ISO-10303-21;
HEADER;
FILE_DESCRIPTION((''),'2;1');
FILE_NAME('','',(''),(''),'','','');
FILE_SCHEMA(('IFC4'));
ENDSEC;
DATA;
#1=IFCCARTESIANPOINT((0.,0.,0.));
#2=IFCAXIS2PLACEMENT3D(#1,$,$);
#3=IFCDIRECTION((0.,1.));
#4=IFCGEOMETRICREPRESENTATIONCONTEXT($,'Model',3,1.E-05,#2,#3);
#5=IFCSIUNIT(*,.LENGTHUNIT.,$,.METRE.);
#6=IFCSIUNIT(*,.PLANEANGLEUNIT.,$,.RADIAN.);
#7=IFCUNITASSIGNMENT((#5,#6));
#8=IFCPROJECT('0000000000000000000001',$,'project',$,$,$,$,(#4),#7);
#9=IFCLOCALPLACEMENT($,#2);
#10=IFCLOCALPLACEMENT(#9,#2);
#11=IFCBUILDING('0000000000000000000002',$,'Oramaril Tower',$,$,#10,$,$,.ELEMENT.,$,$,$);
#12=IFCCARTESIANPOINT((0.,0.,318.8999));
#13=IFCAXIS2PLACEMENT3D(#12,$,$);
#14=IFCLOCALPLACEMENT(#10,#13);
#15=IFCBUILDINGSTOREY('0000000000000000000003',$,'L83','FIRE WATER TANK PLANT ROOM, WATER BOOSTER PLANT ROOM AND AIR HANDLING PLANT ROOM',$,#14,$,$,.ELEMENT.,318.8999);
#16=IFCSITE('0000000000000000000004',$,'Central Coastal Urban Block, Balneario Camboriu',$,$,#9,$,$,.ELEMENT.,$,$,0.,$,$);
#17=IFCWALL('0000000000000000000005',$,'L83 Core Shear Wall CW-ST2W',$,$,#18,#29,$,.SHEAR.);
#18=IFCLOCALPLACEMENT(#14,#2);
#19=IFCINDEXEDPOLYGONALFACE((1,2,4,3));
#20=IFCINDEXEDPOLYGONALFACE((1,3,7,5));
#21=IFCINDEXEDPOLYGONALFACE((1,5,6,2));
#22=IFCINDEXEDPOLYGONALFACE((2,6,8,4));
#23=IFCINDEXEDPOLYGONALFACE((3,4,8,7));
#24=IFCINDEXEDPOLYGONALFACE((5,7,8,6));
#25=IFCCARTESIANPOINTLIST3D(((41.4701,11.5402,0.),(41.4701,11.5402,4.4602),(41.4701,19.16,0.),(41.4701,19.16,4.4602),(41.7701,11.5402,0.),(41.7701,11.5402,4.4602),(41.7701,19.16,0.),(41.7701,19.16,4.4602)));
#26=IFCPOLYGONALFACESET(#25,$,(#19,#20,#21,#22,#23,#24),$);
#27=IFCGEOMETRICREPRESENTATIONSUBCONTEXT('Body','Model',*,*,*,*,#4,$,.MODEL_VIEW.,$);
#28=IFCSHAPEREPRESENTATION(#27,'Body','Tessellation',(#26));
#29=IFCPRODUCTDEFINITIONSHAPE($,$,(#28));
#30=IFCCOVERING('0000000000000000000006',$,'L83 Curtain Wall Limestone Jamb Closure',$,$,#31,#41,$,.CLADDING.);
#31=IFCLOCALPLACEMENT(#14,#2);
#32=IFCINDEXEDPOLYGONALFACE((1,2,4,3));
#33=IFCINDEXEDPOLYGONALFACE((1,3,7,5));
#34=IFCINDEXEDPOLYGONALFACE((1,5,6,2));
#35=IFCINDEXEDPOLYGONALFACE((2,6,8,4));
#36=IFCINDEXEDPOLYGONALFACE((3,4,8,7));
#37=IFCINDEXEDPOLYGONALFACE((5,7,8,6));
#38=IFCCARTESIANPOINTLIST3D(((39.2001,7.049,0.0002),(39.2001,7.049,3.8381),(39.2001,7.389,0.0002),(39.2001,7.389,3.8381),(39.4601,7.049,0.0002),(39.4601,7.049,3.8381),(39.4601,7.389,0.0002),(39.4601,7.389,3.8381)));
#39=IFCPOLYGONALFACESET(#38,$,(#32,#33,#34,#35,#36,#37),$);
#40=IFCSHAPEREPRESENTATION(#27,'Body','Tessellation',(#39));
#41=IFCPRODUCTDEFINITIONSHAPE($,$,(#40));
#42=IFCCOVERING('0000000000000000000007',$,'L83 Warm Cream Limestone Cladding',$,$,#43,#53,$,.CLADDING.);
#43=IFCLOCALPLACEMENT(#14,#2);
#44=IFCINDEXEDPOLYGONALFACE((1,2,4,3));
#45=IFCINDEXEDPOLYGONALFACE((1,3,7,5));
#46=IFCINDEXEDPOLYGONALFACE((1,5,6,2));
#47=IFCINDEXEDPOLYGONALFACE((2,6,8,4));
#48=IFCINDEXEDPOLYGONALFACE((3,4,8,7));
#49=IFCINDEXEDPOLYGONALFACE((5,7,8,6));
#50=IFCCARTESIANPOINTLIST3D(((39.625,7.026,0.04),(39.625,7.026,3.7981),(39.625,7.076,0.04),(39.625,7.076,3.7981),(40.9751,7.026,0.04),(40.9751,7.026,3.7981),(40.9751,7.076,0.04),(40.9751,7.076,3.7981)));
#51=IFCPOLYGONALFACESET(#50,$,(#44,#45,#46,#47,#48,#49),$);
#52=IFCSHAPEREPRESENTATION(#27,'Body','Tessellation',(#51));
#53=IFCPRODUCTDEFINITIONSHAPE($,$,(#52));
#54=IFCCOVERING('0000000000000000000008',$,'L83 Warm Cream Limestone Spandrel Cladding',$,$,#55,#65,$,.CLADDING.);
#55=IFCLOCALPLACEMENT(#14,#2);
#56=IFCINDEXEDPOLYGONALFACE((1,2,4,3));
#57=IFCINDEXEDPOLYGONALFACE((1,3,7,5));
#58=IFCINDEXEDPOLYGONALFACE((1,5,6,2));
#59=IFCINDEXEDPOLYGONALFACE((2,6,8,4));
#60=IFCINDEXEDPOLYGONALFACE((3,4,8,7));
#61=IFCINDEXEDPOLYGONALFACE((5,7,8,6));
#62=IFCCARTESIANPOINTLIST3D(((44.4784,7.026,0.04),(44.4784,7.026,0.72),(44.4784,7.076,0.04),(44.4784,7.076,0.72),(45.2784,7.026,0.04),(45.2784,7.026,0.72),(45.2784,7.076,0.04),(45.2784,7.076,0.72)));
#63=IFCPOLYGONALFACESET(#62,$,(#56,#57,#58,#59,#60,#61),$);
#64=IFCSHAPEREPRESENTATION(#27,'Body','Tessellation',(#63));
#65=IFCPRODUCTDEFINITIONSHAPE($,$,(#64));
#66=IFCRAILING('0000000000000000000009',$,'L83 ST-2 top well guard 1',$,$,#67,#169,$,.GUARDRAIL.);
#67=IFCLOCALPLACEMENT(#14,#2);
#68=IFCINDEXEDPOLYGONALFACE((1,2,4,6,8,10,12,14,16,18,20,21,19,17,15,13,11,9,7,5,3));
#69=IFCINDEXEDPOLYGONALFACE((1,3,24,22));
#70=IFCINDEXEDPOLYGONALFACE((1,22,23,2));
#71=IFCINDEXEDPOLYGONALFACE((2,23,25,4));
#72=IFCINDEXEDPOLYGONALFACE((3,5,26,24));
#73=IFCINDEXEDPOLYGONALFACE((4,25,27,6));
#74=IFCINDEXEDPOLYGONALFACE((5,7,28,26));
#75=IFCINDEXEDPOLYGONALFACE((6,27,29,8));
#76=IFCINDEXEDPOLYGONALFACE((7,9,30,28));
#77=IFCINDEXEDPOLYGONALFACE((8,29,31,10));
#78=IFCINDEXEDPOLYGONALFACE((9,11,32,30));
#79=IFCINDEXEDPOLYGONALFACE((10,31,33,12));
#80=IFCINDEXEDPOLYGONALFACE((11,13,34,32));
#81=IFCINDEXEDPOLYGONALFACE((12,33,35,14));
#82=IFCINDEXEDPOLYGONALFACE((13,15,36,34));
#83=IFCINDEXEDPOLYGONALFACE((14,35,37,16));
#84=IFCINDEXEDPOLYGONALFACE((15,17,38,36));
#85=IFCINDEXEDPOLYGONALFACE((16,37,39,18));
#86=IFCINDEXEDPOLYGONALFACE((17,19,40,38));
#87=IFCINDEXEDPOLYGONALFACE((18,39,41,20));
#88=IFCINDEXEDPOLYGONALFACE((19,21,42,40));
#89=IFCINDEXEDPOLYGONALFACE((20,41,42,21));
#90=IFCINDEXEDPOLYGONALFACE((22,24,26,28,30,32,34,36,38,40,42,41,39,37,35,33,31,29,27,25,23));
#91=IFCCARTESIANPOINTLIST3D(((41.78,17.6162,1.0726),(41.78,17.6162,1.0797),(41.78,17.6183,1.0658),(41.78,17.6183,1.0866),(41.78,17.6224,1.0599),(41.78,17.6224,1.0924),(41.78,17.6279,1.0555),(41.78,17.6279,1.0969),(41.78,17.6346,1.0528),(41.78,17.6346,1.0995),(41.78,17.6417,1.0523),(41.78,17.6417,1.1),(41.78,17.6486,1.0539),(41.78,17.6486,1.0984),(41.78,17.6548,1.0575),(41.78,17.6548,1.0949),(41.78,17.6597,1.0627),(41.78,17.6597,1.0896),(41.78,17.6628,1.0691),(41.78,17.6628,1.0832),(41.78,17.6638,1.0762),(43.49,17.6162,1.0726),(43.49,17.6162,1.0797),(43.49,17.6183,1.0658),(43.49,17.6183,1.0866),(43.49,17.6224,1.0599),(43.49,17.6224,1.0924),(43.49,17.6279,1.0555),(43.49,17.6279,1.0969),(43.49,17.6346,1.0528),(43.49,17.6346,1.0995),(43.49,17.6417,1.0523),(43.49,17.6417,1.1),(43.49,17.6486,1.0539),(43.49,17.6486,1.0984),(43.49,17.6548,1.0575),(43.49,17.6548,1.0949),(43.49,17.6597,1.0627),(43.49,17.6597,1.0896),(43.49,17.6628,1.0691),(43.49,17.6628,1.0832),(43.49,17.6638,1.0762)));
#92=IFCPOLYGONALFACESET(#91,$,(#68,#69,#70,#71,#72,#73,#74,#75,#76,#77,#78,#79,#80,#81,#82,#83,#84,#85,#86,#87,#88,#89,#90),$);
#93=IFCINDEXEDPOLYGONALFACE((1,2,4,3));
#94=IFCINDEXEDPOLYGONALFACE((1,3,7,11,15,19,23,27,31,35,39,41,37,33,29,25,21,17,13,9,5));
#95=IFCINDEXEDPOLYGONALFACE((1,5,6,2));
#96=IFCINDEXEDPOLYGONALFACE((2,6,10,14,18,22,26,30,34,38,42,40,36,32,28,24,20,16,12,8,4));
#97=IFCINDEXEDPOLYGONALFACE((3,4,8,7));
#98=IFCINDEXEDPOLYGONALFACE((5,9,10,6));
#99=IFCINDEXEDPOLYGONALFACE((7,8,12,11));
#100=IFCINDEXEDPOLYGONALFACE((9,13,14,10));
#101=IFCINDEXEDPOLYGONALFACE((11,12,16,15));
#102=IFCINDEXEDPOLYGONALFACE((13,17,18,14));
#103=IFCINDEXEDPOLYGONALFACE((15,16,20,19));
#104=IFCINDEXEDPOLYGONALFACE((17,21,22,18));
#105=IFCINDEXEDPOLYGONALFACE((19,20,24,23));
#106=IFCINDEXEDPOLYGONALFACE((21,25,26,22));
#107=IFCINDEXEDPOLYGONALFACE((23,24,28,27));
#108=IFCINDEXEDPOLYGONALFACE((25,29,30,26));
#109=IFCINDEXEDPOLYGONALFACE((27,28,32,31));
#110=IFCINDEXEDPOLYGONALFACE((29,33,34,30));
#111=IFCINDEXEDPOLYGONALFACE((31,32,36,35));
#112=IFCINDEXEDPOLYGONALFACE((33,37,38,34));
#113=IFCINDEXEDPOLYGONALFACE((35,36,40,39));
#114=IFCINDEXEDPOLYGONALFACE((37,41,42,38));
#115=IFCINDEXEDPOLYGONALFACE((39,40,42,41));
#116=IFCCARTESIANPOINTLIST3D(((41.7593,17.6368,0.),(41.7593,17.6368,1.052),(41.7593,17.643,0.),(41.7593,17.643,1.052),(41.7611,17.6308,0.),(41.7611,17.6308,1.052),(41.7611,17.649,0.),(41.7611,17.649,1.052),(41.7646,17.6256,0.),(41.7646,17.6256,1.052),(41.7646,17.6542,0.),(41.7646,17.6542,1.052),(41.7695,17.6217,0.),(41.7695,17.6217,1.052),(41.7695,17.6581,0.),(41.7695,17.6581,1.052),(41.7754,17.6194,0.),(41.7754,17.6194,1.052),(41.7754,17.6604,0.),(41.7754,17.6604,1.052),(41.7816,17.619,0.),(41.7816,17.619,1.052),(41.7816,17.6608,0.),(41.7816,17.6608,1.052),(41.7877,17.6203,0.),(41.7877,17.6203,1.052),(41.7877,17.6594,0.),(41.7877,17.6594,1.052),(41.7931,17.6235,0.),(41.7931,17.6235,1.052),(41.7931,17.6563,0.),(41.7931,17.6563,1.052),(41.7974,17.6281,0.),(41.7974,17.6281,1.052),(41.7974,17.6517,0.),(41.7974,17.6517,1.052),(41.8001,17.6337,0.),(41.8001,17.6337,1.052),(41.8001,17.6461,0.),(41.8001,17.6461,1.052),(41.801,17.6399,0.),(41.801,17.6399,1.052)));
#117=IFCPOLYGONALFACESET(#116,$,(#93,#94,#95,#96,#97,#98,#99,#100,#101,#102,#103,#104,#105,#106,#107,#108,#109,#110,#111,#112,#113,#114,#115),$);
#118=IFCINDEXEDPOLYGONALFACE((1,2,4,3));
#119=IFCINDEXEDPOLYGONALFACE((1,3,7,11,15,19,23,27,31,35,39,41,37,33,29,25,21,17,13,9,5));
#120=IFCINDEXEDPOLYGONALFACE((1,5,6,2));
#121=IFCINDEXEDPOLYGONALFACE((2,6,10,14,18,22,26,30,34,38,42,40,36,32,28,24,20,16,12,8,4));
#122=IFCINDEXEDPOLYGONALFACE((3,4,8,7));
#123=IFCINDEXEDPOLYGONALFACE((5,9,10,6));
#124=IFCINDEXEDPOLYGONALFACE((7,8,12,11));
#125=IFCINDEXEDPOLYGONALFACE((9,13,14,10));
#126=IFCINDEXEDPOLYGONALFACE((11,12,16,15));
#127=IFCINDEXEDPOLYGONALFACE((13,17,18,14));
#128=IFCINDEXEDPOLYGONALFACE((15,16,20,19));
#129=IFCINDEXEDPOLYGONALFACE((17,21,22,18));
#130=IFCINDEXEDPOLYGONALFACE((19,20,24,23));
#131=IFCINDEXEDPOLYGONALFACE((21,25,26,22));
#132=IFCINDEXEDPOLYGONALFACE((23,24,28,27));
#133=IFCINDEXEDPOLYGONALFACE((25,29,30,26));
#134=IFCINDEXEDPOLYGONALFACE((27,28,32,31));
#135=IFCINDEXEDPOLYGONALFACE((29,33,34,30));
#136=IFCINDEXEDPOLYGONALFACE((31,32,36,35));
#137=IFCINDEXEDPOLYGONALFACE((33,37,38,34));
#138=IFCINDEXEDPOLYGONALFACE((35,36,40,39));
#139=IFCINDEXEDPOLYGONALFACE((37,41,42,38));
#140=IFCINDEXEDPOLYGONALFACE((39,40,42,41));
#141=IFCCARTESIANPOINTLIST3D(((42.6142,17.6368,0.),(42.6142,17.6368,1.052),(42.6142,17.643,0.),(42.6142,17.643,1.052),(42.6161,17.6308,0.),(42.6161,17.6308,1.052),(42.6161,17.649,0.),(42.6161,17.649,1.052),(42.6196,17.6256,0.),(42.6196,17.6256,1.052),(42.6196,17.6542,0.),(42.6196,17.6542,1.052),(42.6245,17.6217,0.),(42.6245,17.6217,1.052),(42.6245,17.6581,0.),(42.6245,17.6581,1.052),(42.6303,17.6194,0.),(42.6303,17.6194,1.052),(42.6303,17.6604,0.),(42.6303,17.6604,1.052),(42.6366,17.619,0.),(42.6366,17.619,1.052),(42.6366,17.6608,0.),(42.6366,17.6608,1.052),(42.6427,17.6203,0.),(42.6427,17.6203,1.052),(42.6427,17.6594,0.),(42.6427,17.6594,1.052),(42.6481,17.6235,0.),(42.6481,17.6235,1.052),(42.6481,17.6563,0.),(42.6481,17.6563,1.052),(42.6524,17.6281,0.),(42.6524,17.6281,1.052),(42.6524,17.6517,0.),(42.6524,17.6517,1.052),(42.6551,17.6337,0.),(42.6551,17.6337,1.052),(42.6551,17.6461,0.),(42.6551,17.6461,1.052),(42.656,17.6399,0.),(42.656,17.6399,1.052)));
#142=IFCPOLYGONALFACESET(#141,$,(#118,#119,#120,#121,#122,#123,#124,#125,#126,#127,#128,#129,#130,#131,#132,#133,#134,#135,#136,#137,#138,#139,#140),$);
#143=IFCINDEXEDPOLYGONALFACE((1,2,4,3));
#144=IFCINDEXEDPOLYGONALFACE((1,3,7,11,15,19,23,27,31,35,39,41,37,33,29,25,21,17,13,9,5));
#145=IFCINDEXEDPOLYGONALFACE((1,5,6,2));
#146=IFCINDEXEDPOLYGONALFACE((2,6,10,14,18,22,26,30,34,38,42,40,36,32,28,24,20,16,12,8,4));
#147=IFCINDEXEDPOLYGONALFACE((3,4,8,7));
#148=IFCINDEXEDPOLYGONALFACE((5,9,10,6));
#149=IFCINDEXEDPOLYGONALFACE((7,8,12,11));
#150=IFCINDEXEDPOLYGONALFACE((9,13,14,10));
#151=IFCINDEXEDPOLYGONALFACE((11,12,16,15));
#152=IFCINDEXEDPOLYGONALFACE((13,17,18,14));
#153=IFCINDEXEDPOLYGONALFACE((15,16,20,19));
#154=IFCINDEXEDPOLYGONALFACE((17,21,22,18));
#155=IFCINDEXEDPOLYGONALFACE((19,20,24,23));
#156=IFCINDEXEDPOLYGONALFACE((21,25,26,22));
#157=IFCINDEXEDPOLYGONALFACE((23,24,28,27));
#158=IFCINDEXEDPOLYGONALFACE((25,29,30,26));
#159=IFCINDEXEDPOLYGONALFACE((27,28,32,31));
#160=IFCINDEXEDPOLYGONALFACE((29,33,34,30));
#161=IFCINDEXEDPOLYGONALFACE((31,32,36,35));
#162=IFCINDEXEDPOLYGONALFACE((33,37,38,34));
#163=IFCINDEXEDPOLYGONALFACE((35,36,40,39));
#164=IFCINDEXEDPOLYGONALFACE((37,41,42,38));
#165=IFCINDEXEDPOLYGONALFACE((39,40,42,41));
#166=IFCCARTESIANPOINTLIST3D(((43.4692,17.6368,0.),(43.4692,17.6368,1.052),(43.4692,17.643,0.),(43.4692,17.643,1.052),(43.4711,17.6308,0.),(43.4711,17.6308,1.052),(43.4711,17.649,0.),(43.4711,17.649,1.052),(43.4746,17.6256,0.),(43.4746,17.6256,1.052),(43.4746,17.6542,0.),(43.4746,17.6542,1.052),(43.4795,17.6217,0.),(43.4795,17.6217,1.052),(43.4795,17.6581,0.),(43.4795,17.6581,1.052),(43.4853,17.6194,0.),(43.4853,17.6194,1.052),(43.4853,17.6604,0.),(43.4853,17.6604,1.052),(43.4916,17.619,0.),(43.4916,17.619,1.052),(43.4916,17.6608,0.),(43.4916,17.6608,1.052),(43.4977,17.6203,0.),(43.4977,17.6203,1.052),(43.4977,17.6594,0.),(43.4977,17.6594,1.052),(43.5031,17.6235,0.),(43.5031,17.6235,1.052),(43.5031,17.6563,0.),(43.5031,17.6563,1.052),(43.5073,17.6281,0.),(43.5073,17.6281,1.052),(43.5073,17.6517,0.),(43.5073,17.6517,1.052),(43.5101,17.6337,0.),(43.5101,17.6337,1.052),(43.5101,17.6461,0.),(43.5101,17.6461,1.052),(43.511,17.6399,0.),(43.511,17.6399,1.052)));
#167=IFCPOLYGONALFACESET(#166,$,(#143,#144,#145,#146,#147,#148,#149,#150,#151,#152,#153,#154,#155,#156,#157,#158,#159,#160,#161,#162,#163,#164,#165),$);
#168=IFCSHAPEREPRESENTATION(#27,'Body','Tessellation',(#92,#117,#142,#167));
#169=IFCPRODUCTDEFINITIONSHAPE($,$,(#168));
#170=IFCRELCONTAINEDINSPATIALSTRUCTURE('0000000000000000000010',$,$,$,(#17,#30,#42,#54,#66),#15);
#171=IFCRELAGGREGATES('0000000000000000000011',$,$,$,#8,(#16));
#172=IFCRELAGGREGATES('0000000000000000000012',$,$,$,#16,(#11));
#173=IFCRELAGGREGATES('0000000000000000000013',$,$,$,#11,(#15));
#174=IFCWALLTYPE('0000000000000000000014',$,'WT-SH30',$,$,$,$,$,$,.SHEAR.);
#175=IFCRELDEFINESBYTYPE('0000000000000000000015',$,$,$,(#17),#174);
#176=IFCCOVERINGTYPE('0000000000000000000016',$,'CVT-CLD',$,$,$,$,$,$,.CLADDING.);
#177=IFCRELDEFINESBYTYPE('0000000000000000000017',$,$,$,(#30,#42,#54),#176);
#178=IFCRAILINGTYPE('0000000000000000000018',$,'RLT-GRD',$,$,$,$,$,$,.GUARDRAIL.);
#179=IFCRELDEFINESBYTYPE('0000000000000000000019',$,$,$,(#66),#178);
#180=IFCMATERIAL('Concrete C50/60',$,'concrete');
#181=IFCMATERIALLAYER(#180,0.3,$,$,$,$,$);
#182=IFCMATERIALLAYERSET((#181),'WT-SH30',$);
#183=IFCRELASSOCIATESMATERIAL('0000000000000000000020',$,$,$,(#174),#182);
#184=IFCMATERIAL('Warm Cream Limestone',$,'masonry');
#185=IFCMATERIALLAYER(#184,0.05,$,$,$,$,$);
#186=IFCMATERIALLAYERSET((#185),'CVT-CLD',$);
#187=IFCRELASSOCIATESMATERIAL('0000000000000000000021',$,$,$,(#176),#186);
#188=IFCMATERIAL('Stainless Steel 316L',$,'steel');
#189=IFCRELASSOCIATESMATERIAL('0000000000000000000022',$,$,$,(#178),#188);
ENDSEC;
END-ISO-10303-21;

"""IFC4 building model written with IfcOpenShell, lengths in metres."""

from ifc_helpers import new_model, si_unit, direction, frame, frame_2d, origin, origin_2d, place, context, subcontext, project, spatial, rectangle, circle, extrude, material, layer, layer_set, type_object, element, save


model = new_model("IFC4")

# Units and contexts
model_context = context("Model", 3, precision=1e-05, world=origin(), true_north=direction((0.0, 1.0)))
body_context = subcontext(model_context, "Body", "Model", "MODEL_VIEW")
ifc_project = project(units=[si_unit("LENGTHUNIT", "METRE"), si_unit("PLANEANGLEUNIT", "RADIAN")], contexts=[model_context])

# Site, building, storey
site_placement = place(None, origin())
site = spatial("IfcSite", under=ifc_project, at=site_placement, Name="Central Coastal Urban Block, Balneario Camboriu", CompositionType="ELEMENT", RefElevation=0.0)
building_placement = place(site_placement, origin())
building = spatial("IfcBuilding", under=site, at=building_placement, Name="Oramaril Tower", CompositionType="ELEMENT")
storey_placement = place(building_placement, frame((0.0, 0.0, 318.8999)))
storey = spatial("IfcBuildingStorey", under=building, at=storey_placement, Name="L83", Description="FIRE WATER TANK PLANT ROOM, WATER BOOSTER PLANT ROOM AND AIR HANDLING PLANT ROOM", CompositionType="ELEMENT", Elevation=318.8999)

# Shared definitions
ifc_material_1 = material(Name="Concrete C50/60", Category="concrete")
ifc_layer_1 = layer(ifc_material_1, 0.3)
ifc_layer_set_1 = layer_set([ifc_layer_1], Name="WT-SH30")
wall_type_1 = type_object("IfcWallType", Name="WT-SH30", PredefinedType="SHEAR", material=ifc_layer_set_1)

# Wall
wall_1_placement = place(storey_placement, frame((41.6201, 11.54, 0.0), z_axis=(0.0, 0.0, 1.0), x_axis=(0.0, 1.0, 0.0)))
element("IfcWall", 1, at=wall_1_placement, inside=storey, type_object=wall_type_1, Name="L83 Core Shear Wall CW-ST2W", PredefinedType="SHEAR", context=body_context, shape_type="SweptSolid", body=[
    extrude(rectangle(XDim=7.6199, YDim=0.3, at=frame_2d((3.8101, 0.0))), origin(), (0.0, 0.0, 1.0), 4.4602),
])

# Coverings
ifc_material_2 = material(Name="Warm Cream Limestone", Category="masonry")
ifc_layer_2 = layer(ifc_material_2, 0.05)
ifc_layer_set_2 = layer_set([ifc_layer_2], Name="CVT-CLD")
covering_type = type_object("IfcCoveringType", Name="CVT-CLD", PredefinedType="CLADDING", material=ifc_layer_set_2)
covering_1_placement = place(storey_placement, frame((39.3301, 7.219, 0.0002), z_axis=(0.0, 0.0, 1.0), x_axis=(1.0, 0.0, 0.0)))
element("IfcCovering", 2, at=covering_1_placement, inside=storey, type_object=covering_type, Name="L83 Curtain Wall Limestone Jamb Closure", PredefinedType="CLADDING", context=body_context, shape_type="SweptSolid", body=[
    extrude(rectangle(XDim=0.26, YDim=0.3401, at=origin_2d()), origin(), (0.0, 0.0, 1.0), 3.8379),
])
covering_2_placement = place(storey_placement, frame((40.3, 7.051, 0.04), z_axis=(0.0, 0.0, 1.0), x_axis=(1.0, 0.0, 0.0)))
element("IfcCovering", 3, at=covering_2_placement, inside=storey, type_object=covering_type, Name="L83 Warm Cream Limestone Cladding", PredefinedType="CLADDING", context=body_context, shape_type="SweptSolid", body=[
    extrude(rectangle(XDim=1.3501, YDim=0.05, at=origin_2d()), origin(), (0.0, 0.0, 1.0), 3.7581),
])
covering_3_placement = place(storey_placement, frame((44.8784, 7.051, 0.04), z_axis=(0.0, 0.0, 1.0), x_axis=(1.0, 0.0, 0.0)))
element("IfcCovering", 4, at=covering_3_placement, inside=storey, type_object=covering_type, Name="L83 Warm Cream Limestone Spandrel Cladding", PredefinedType="CLADDING", context=body_context, shape_type="SweptSolid", body=[
    extrude(rectangle(XDim=0.8, YDim=0.05, at=origin_2d()), origin(), (0.0, 0.0, 1.0), 0.6799),
])

# Railing
ifc_material_3 = material(Name="Stainless Steel 316L", Category="steel")
railing_type = type_object("IfcRailingType", Name="RLT-GRD", PredefinedType="GUARDRAIL", material=ifc_material_3)
railing_placement = place(storey_placement, frame((41.78, 17.6399, 0.0)))
element("IfcRailing", 5, at=railing_placement, inside=storey, type_object=railing_type, Name="L83 ST-2 top well guard 1", PredefinedType="GUARDRAIL", context=body_context, shape_type="SweptSolid", body=[
    extrude(circle(Radius=0.0239, at=origin_2d()), frame((0.0, 0.0, 1.0762), z_axis=(1.0, 0.0, 0.0), x_axis=(0.0, 1.0, 0.0)), (0.0, 0.0, 1.0), 1.71),
    extrude(circle(Radius=0.021, at=origin_2d()), origin(), (0.0, 0.0, 1.0), 1.052),
    extrude(circle(Radius=0.021, at=origin_2d()), frame((0.855, 0.0, 0.0)), (0.0, 0.0, 1.0), 1.052),
    extrude(circle(Radius=0.021, at=origin_2d()), frame((1.71, 0.0, 0.0)), (0.0, 0.0, 1.0), 1.052),
])

save(model, "model.ifc")
